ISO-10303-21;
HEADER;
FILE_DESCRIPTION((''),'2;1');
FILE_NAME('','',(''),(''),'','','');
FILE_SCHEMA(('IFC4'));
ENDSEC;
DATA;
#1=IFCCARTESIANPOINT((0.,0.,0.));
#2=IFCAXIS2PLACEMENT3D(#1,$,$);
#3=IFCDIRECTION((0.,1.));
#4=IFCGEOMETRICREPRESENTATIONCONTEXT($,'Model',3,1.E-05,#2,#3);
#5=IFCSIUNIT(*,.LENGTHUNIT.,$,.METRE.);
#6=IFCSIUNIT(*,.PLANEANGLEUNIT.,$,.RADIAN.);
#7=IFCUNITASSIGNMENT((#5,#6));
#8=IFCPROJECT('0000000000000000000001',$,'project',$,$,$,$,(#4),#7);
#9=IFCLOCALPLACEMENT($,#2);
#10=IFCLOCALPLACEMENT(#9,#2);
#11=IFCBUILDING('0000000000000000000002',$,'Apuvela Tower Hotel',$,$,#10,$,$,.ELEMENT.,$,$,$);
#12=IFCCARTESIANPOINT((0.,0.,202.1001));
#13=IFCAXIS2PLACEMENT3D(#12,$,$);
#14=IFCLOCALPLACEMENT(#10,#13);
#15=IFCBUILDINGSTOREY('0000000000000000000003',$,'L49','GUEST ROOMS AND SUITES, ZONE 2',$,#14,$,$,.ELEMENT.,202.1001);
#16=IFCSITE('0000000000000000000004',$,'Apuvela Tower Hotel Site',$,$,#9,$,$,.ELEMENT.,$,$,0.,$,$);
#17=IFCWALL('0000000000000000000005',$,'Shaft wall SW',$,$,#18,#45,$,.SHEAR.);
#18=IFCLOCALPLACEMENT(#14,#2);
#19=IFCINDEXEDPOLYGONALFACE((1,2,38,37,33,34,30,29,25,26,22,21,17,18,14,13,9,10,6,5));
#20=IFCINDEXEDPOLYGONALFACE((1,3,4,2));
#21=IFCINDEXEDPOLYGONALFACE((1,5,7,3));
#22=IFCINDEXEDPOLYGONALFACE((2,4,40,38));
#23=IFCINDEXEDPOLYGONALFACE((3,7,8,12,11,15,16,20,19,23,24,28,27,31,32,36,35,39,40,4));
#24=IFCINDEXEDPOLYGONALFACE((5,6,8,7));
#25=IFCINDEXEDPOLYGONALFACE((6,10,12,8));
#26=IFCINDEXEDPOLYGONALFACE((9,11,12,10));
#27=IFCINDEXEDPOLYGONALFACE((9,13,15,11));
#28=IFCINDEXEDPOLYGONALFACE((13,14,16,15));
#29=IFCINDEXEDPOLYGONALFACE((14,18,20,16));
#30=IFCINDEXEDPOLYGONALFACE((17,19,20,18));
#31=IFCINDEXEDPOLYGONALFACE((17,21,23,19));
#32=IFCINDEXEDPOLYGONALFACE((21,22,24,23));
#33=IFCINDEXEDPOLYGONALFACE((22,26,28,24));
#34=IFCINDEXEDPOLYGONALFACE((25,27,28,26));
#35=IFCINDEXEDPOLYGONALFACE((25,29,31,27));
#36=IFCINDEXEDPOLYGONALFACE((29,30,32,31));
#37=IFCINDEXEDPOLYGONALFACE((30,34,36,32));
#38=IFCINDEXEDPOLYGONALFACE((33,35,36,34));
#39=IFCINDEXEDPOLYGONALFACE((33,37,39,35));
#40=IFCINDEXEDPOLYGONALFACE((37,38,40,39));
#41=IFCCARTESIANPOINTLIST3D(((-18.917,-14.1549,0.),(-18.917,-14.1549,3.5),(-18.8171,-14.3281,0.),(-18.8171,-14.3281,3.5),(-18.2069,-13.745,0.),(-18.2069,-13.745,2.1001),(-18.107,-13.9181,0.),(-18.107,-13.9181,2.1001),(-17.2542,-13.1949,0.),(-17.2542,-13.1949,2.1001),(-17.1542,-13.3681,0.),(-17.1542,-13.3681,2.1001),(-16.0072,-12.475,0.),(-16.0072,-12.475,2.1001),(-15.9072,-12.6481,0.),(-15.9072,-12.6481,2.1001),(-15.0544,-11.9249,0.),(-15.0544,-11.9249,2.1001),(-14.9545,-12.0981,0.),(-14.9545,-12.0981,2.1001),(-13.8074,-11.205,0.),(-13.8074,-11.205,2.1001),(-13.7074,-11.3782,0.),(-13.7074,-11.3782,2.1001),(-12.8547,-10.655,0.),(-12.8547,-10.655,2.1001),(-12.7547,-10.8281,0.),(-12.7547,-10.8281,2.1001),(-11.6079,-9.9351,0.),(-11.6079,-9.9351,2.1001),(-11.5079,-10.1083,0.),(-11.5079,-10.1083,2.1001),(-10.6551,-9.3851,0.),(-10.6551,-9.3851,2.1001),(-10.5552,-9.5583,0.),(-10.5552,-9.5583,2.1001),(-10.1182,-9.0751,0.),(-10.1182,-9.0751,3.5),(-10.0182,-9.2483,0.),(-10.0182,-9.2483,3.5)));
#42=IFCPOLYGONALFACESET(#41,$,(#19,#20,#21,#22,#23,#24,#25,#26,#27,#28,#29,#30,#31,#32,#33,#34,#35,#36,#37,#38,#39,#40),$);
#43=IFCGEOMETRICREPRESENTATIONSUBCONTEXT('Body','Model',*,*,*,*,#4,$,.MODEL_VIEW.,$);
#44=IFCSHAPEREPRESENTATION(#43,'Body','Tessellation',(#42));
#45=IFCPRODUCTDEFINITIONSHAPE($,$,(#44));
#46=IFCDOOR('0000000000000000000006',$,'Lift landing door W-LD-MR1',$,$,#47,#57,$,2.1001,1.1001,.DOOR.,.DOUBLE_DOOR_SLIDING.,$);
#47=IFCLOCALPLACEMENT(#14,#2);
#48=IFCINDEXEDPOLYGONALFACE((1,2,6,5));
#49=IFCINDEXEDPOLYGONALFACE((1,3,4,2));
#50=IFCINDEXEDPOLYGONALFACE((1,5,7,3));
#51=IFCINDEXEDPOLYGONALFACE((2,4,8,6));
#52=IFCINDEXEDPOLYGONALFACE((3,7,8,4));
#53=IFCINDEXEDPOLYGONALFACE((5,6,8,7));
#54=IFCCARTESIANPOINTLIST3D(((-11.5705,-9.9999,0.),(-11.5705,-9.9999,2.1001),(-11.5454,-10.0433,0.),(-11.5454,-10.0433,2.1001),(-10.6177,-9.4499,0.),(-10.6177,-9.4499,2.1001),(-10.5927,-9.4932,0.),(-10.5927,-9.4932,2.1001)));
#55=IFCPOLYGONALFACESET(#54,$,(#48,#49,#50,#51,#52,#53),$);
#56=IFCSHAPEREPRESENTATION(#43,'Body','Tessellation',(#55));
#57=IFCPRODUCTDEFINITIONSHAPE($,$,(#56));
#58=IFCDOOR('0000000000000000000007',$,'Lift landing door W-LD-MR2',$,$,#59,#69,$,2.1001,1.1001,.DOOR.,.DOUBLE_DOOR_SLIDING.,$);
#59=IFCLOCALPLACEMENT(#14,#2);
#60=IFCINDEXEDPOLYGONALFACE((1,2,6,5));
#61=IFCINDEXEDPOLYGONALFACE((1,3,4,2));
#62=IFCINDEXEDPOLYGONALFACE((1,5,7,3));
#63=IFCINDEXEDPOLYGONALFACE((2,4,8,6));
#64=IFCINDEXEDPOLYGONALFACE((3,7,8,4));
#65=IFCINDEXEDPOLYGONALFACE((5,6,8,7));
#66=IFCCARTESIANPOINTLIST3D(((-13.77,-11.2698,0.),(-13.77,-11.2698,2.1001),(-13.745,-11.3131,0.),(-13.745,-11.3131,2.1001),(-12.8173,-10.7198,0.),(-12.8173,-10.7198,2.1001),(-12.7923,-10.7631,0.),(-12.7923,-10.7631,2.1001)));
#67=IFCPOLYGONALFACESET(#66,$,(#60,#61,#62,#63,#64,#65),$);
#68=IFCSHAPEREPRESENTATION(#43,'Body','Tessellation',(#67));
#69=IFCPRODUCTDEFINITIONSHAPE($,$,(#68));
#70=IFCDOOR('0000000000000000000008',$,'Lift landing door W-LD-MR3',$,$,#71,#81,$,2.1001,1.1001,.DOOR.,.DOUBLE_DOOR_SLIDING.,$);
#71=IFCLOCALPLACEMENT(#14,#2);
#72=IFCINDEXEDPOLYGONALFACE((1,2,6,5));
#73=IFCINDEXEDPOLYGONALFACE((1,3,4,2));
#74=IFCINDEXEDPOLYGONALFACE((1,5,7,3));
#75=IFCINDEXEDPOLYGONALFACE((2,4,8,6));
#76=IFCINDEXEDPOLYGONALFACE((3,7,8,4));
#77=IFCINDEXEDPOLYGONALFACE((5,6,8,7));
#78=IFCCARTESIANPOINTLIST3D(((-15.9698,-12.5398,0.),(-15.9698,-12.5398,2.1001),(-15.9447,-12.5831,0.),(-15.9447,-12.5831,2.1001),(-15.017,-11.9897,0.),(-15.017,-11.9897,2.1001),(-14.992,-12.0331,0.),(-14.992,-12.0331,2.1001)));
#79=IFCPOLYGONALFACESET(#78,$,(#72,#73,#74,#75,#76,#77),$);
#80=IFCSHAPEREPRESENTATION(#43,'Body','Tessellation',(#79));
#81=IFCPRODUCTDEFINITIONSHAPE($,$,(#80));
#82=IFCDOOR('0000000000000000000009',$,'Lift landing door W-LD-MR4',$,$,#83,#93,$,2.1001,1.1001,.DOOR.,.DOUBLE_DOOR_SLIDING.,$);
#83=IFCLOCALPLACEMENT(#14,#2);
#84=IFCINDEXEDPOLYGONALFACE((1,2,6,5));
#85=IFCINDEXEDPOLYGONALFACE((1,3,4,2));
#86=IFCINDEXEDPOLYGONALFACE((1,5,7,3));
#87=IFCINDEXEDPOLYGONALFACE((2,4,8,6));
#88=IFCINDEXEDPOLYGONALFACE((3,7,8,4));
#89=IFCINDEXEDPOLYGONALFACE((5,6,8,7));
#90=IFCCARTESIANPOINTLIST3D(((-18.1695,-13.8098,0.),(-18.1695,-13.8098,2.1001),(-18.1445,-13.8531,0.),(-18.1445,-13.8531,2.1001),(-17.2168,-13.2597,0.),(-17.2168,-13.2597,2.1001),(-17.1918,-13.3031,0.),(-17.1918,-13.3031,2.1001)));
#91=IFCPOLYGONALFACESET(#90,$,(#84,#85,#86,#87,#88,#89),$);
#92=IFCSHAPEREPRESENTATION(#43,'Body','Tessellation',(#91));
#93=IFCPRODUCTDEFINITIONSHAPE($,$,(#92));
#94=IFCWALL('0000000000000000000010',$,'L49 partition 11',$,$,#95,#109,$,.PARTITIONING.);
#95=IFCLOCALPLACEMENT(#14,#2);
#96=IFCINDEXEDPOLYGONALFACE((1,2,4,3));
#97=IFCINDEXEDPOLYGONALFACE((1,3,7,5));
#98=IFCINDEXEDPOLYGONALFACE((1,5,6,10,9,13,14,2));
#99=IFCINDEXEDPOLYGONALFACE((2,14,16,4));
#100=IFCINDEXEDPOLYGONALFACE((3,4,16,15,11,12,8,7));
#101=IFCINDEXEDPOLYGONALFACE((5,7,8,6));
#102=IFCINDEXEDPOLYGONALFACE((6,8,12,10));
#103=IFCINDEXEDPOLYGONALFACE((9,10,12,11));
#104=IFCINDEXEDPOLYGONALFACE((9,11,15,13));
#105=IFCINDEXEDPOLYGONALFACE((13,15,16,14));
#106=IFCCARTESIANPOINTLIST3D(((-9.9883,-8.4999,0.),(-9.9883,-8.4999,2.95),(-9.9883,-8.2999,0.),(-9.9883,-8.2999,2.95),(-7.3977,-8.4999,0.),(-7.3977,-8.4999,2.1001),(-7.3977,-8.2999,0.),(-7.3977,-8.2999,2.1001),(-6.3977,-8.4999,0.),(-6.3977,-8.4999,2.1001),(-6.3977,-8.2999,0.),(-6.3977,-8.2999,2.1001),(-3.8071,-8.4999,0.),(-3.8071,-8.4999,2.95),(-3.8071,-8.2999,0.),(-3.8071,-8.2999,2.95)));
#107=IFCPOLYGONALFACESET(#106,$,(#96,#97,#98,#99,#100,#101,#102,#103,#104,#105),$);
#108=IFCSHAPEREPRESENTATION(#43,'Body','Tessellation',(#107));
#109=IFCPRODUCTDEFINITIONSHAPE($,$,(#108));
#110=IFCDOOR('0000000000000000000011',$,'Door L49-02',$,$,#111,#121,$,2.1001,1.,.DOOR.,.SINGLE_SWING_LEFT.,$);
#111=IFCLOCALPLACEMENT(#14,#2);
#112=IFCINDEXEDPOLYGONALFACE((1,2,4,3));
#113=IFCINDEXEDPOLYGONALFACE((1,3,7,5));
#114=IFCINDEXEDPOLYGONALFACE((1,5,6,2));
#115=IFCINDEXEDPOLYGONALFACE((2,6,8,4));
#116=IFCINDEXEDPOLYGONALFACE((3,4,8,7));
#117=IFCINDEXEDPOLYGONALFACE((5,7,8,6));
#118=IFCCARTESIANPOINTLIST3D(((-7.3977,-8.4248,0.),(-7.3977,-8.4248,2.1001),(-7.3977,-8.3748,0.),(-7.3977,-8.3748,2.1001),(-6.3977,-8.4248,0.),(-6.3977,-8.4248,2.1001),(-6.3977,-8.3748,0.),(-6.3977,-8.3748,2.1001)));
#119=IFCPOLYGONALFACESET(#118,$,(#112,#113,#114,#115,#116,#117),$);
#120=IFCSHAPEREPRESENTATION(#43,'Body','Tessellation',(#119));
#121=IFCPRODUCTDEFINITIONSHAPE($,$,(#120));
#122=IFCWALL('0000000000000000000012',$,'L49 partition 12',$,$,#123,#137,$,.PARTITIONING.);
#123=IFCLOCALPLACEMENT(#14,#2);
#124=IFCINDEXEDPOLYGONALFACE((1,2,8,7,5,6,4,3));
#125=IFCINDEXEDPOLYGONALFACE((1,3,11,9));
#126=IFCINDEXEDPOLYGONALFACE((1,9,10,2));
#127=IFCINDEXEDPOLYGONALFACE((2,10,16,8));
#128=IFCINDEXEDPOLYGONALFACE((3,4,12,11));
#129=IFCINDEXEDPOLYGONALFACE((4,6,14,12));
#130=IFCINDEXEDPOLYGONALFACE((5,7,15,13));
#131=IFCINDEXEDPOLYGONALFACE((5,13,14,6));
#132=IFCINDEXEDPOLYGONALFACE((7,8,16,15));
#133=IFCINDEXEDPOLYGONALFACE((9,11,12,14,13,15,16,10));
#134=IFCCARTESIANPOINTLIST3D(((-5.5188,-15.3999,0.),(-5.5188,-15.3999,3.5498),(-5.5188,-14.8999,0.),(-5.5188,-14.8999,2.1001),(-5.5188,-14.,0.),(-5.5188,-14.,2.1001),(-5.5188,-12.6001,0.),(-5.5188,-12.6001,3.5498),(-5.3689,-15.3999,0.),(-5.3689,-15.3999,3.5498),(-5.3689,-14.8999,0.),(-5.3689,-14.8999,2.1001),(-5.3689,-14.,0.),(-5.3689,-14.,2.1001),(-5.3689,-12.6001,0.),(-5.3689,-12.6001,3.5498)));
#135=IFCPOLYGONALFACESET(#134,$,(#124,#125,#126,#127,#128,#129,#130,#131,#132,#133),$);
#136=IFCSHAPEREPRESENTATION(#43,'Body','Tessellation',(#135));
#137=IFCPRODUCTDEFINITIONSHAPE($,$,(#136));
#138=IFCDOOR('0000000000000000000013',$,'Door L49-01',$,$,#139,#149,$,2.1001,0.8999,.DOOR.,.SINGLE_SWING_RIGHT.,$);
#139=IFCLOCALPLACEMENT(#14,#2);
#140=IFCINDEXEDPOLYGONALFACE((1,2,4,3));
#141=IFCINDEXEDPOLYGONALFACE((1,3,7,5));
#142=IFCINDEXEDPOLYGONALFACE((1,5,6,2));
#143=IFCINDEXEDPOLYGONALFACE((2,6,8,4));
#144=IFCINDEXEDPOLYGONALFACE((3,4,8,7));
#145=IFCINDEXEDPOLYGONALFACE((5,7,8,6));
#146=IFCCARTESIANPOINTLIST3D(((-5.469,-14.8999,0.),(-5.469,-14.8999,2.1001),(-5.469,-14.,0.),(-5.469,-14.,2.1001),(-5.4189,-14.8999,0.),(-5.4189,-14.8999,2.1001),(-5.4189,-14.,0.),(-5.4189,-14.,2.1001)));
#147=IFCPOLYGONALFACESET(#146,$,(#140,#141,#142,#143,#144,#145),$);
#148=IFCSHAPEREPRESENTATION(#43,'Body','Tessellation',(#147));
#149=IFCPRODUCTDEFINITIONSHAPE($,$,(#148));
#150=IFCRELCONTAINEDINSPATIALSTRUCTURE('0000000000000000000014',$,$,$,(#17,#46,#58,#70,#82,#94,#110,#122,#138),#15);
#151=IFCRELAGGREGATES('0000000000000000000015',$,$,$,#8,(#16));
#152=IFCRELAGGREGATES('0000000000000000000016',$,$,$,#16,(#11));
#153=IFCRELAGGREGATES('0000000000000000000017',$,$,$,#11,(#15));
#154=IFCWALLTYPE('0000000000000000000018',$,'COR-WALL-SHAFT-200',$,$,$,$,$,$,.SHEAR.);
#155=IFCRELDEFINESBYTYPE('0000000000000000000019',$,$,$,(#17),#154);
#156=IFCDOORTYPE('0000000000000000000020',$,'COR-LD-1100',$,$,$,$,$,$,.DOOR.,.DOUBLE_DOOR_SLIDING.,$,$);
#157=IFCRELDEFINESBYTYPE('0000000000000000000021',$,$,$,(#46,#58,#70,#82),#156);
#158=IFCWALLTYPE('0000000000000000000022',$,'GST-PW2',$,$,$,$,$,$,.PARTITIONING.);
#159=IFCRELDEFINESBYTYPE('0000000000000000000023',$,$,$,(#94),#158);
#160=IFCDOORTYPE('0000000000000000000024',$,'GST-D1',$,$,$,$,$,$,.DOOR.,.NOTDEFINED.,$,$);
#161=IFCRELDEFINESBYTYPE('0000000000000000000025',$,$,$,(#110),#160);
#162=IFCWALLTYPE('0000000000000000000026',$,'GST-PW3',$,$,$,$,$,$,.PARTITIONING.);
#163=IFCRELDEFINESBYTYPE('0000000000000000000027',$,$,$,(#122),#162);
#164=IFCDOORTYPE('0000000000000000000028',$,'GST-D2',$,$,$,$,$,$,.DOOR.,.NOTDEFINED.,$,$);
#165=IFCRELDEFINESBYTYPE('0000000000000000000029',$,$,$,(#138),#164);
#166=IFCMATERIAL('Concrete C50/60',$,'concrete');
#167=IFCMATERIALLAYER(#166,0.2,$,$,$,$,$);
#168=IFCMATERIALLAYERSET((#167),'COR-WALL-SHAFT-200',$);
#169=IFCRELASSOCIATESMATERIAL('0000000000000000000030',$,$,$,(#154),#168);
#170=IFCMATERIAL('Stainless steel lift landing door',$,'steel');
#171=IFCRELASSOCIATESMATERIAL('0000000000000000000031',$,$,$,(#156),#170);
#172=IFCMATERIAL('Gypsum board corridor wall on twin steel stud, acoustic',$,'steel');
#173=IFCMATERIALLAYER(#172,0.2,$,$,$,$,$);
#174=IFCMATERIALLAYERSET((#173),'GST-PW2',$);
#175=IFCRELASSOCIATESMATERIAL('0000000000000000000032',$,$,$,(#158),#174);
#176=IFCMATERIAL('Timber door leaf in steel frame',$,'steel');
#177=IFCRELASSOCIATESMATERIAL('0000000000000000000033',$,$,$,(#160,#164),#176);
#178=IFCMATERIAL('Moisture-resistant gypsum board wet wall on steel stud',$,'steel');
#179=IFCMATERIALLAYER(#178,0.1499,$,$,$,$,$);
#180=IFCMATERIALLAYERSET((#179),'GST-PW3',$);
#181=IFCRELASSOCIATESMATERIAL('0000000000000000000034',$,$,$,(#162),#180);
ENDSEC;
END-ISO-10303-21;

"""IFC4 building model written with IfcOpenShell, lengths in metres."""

from ifc_helpers import new_model, si_unit, direction, frame, frame_2d, origin, place, context, subcontext, project, spatial, rectangle, extrude, material, layer, layer_set, type_object, element, fill, save


model = new_model("IFC4")

# Units and contexts
model_context = context("Model", 3, precision=1e-05, world=origin(), true_north=direction((0.0, 1.0)))
body_context = subcontext(model_context, "Body", "Model", "MODEL_VIEW")
ifc_project = project(units=[si_unit("LENGTHUNIT", "METRE"), si_unit("PLANEANGLEUNIT", "RADIAN")], contexts=[model_context])

# Site, building, storey
site_placement = place(None, origin())
site = spatial("IfcSite", under=ifc_project, at=site_placement, Name="Apuvela Tower Hotel Site", CompositionType="ELEMENT", RefElevation=0.0)
building_placement = place(site_placement, origin())
building = spatial("IfcBuilding", under=site, at=building_placement, Name="Apuvela Tower Hotel", CompositionType="ELEMENT")
storey_placement = place(building_placement, frame((0.0, 0.0, 202.1001)))
storey = spatial("IfcBuildingStorey", under=building, at=storey_placement, Name="L49", Description="GUEST ROOMS AND SUITES, ZONE 2", CompositionType="ELEMENT", Elevation=202.1001)

# Shared definitions
ifc_material_1 = material(Name="Concrete C50/60", Category="concrete")
ifc_layer_1 = layer(ifc_material_1, 0.2)
ifc_layer_set_1 = layer_set([ifc_layer_1], Name="COR-WALL-SHAFT-200")
wall_type_1 = type_object("IfcWallType", Name="COR-WALL-SHAFT-200", PredefinedType="SHEAR", material=ifc_layer_set_1)

# Wall, openings, doors
wall_1_placement = place(storey_placement, frame((-10.0681, -9.1616, 0.0), z_axis=(0.0, 0.0, 1.0), x_axis=(-0.866033, -0.499987, 0.0)))
wall_1 = element("IfcWall", 1, at=wall_1_placement, inside=storey, type_object=wall_type_1, Name="Shaft wall SW", PredefinedType="SHEAR", context=body_context, shape_type="SweptSolid", body=[
    extrude(rectangle(XDim=10.1599, YDim=0.2, at=frame_2d((5.0801, 0.0))), origin(), (0.0, 0.0, 1.0), 3.5),
])
opening_1_placement = place(wall_1_placement, frame((0.6201, 0.0, 0.0)))
opening_1 = element("IfcOpeningElement", 2, at=opening_1_placement, cuts=wall_1, PredefinedType="OPENING", context=body_context, shape_type="SweptSolid", body=[
    extrude(rectangle(XDim=1.1001, YDim=2.1001, at=frame_2d((0.55, 1.05))), frame((0.0, 0.1099, 0.0), z_axis=(0.0, -1.0, 0.0), x_axis=(1.0, 0.0, 0.0)), (0.0, 0.0, 1.0), 0.22),
])
opening_2_placement = place(wall_1_placement, frame((3.1599, 0.0, 0.0)))
opening_2 = element("IfcOpeningElement", 3, at=opening_2_placement, cuts=wall_1, PredefinedType="OPENING", context=body_context, shape_type="SweptSolid", body=[
    extrude(rectangle(XDim=1.1001, YDim=2.1001, at=frame_2d((0.55, 1.05))), frame((0.0, 0.1099, 0.0), z_axis=(0.0, -1.0, 0.0), x_axis=(1.0, 0.0, 0.0)), (0.0, 0.0, 1.0), 0.22),
])
opening_3_placement = place(wall_1_placement, frame((5.7, 0.0, 0.0)))
opening_3 = element("IfcOpeningElement", 4, at=opening_3_placement, cuts=wall_1, PredefinedType="OPENING", context=body_context, shape_type="SweptSolid", body=[
    extrude(rectangle(XDim=1.1001, YDim=2.1001, at=frame_2d((0.55, 1.05))), frame((0.0, 0.1099, 0.0), z_axis=(0.0, -1.0, 0.0), x_axis=(1.0, 0.0, 0.0)), (0.0, 0.0, 1.0), 0.22),
])
opening_4_placement = place(wall_1_placement, frame((8.24, 0.0, 0.0)))
opening_4 = element("IfcOpeningElement", 5, at=opening_4_placement, cuts=wall_1, PredefinedType="OPENING", context=body_context, shape_type="SweptSolid", body=[
    extrude(rectangle(XDim=1.1001, YDim=2.1001, at=frame_2d((0.55, 1.05))), frame((0.0, 0.1099, 0.0), z_axis=(0.0, -1.0, 0.0), x_axis=(1.0, 0.0, 0.0)), (0.0, 0.0, 1.0), 0.22),
])
ifc_material_2 = material(Name="Stainless steel lift landing door", Category="steel")
door_type_1 = type_object("IfcDoorType", Name="COR-LD-1100", OperationType="DOUBLE_DOOR_SLIDING", PredefinedType="DOOR", material=ifc_material_2)
door_1_placement = place(opening_1_placement, origin())
door_1 = element("IfcDoor", 6, at=door_1_placement, inside=storey, type_object=door_type_1, Name="Lift landing door W-LD-MR1", OperationType="DOUBLE_DOOR_SLIDING", OverallHeight=2.1001, OverallWidth=1.1001, PredefinedType="DOOR", context=body_context, shape_type="SweptSolid", body=[
    extrude(rectangle(XDim=1.1001, YDim=2.1001, at=frame_2d((0.55, 1.05))), frame((0.0, 0.0249, 0.0), z_axis=(0.0, -1.0, 0.0), x_axis=(1.0, 0.0, 0.0)), (0.0, 0.0, 1.0), 0.05),
])
fill(opening_1, door_1)
door_2_placement = place(opening_2_placement, origin())
door_2 = element("IfcDoor", 7, at=door_2_placement, inside=storey, type_object=door_type_1, Name="Lift landing door W-LD-MR2", OperationType="DOUBLE_DOOR_SLIDING", OverallHeight=2.1001, OverallWidth=1.1001, PredefinedType="DOOR", context=body_context, shape_type="SweptSolid", body=[
    extrude(rectangle(XDim=1.1001, YDim=2.1001, at=frame_2d((0.55, 1.05))), frame((0.0, 0.0249, 0.0), z_axis=(0.0, -1.0, 0.0), x_axis=(1.0, 0.0, 0.0)), (0.0, 0.0, 1.0), 0.05),
])
fill(opening_2, door_2)
door_3_placement = place(opening_3_placement, origin())
door_3 = element("IfcDoor", 8, at=door_3_placement, inside=storey, type_object=door_type_1, Name="Lift landing door W-LD-MR3", OperationType="DOUBLE_DOOR_SLIDING", OverallHeight=2.1001, OverallWidth=1.1001, PredefinedType="DOOR", context=body_context, shape_type="SweptSolid", body=[
    extrude(rectangle(XDim=1.1001, YDim=2.1001, at=frame_2d((0.55, 1.05))), frame((0.0, 0.0249, 0.0), z_axis=(0.0, -1.0, 0.0), x_axis=(1.0, 0.0, 0.0)), (0.0, 0.0, 1.0), 0.05),
])
fill(opening_3, door_3)
door_4_placement = place(opening_4_placement, origin())
door_4 = element("IfcDoor", 9, at=door_4_placement, inside=storey, type_object=door_type_1, Name="Lift landing door W-LD-MR4", OperationType="DOUBLE_DOOR_SLIDING", OverallHeight=2.1001, OverallWidth=1.1001, PredefinedType="DOOR", context=body_context, shape_type="SweptSolid", body=[
    extrude(rectangle(XDim=1.1001, YDim=2.1001, at=frame_2d((0.55, 1.05))), frame((0.0, 0.0249, 0.0), z_axis=(0.0, -1.0, 0.0), x_axis=(1.0, 0.0, 0.0)), (0.0, 0.0, 1.0), 0.05),
])
fill(opening_4, door_4)

# Walls, openings, doors
ifc_material_3 = material(Name="Gypsum board corridor wall on twin steel stud, acoustic", Category="steel")
ifc_layer_2 = layer(ifc_material_3, 0.2)
ifc_layer_set_2 = layer_set([ifc_layer_2], Name="GST-PW2")
wall_type_2 = type_object("IfcWallType", Name="GST-PW2", PredefinedType="PARTITIONING", material=ifc_layer_set_2)
wall_2_placement = place(storey_placement, frame((-3.8071, -8.3999, 0.0), z_axis=(0.0, 0.0, 1.0), x_axis=(-1.0, 0.0, 0.0)))
wall_2 = element("IfcWall", 10, at=wall_2_placement, inside=storey, type_object=wall_type_2, Name="L49 partition 11", PredefinedType="PARTITIONING", context=body_context, shape_type="SweptSolid", body=[
    extrude(rectangle(XDim=6.1812, YDim=0.2, at=frame_2d((3.0906, 0.0))), origin(), (0.0, 0.0, 1.0), 2.95),
])
opening_5_placement = place(wall_2_placement, frame((2.5906, 0.0, 0.0)))
opening_5 = element("IfcOpeningElement", 11, at=opening_5_placement, cuts=wall_2, PredefinedType="OPENING", context=body_context, shape_type="SweptSolid", body=[
    extrude(rectangle(XDim=1.0, YDim=2.1001, at=frame_2d((0.5, 1.05))), frame((0.0, 0.1099, 0.0), z_axis=(0.0, -1.0, 0.0), x_axis=(1.0, 0.0, 0.0)), (0.0, 0.0, 1.0), 0.22),
])
ifc_material_4 = material(Name="Timber door leaf in steel frame", Category="steel")
door_type_2 = type_object("IfcDoorType", Name="GST-D1", OperationType="NOTDEFINED", PredefinedType="DOOR", material=ifc_material_4)
door_5_placement = place(opening_5_placement, origin())
door_5 = element("IfcDoor", 12, at=door_5_placement, inside=storey, type_object=door_type_2, Name="Door L49-02", OperationType="SINGLE_SWING_LEFT", OverallHeight=2.1001, OverallWidth=1.0, PredefinedType="DOOR", context=body_context, shape_type="SweptSolid", body=[
    extrude(rectangle(XDim=1.0, YDim=2.1001, at=frame_2d((0.5, 1.05))), frame((0.0, 0.0249, 0.0), z_axis=(0.0, -1.0, 0.0), x_axis=(1.0, 0.0, 0.0)), (0.0, 0.0, 1.0), 0.05),
])
fill(opening_5, door_5)
ifc_material_5 = material(Name="Moisture-resistant gypsum board wet wall on steel stud", Category="steel")
ifc_layer_3 = layer(ifc_material_5, 0.1499)
ifc_layer_set_3 = layer_set([ifc_layer_3], Name="GST-PW3")
wall_type_3 = type_object("IfcWallType", Name="GST-PW3", PredefinedType="PARTITIONING", material=ifc_layer_set_3)
wall_3_placement = place(storey_placement, frame((-5.4438, -12.6001, 0.0), z_axis=(0.0, 0.0, 1.0), x_axis=(0.0, -1.0, 0.0)))
wall_3 = element("IfcWall", 13, at=wall_3_placement, inside=storey, type_object=wall_type_3, Name="L49 partition 12", PredefinedType="PARTITIONING", context=body_context, shape_type="SweptSolid", body=[
    extrude(rectangle(XDim=2.7998, YDim=0.1499, at=frame_2d((1.3999, 0.0))), origin(), (0.0, 0.0, 1.0), 3.5498),
])
opening_6_placement = place(wall_3_placement, frame((1.3999, 0.0, 0.0)))
opening_6 = element("IfcOpeningElement", 14, at=opening_6_placement, cuts=wall_3, PredefinedType="OPENING", context=body_context, shape_type="SweptSolid", body=[
    extrude(rectangle(XDim=0.8999, YDim=2.1001, at=frame_2d((0.45, 1.05))), frame((0.0, 0.085, 0.0), z_axis=(0.0, -1.0, 0.0), x_axis=(1.0, 0.0, 0.0)), (0.0, 0.0, 1.0), 0.1699),
])
door_type_3 = type_object("IfcDoorType", Name="GST-D2", OperationType="NOTDEFINED", PredefinedType="DOOR", material=ifc_material_4)
door_6_placement = place(opening_6_placement, origin())
door_6 = element("IfcDoor", 15, at=door_6_placement, inside=storey, type_object=door_type_3, Name="Door L49-01", OperationType="SINGLE_SWING_RIGHT", OverallHeight=2.1001, OverallWidth=0.8999, PredefinedType="DOOR", context=body_context, shape_type="SweptSolid", body=[
    extrude(rectangle(XDim=0.8999, YDim=2.1001, at=frame_2d((0.45, 1.05))), frame((0.0, 0.0249, 0.0), z_axis=(0.0, -1.0, 0.0), x_axis=(1.0, 0.0, 0.0)), (0.0, 0.0, 1.0), 0.05),
])
fill(opening_6, door_6)

save(model, "model.ifc")
